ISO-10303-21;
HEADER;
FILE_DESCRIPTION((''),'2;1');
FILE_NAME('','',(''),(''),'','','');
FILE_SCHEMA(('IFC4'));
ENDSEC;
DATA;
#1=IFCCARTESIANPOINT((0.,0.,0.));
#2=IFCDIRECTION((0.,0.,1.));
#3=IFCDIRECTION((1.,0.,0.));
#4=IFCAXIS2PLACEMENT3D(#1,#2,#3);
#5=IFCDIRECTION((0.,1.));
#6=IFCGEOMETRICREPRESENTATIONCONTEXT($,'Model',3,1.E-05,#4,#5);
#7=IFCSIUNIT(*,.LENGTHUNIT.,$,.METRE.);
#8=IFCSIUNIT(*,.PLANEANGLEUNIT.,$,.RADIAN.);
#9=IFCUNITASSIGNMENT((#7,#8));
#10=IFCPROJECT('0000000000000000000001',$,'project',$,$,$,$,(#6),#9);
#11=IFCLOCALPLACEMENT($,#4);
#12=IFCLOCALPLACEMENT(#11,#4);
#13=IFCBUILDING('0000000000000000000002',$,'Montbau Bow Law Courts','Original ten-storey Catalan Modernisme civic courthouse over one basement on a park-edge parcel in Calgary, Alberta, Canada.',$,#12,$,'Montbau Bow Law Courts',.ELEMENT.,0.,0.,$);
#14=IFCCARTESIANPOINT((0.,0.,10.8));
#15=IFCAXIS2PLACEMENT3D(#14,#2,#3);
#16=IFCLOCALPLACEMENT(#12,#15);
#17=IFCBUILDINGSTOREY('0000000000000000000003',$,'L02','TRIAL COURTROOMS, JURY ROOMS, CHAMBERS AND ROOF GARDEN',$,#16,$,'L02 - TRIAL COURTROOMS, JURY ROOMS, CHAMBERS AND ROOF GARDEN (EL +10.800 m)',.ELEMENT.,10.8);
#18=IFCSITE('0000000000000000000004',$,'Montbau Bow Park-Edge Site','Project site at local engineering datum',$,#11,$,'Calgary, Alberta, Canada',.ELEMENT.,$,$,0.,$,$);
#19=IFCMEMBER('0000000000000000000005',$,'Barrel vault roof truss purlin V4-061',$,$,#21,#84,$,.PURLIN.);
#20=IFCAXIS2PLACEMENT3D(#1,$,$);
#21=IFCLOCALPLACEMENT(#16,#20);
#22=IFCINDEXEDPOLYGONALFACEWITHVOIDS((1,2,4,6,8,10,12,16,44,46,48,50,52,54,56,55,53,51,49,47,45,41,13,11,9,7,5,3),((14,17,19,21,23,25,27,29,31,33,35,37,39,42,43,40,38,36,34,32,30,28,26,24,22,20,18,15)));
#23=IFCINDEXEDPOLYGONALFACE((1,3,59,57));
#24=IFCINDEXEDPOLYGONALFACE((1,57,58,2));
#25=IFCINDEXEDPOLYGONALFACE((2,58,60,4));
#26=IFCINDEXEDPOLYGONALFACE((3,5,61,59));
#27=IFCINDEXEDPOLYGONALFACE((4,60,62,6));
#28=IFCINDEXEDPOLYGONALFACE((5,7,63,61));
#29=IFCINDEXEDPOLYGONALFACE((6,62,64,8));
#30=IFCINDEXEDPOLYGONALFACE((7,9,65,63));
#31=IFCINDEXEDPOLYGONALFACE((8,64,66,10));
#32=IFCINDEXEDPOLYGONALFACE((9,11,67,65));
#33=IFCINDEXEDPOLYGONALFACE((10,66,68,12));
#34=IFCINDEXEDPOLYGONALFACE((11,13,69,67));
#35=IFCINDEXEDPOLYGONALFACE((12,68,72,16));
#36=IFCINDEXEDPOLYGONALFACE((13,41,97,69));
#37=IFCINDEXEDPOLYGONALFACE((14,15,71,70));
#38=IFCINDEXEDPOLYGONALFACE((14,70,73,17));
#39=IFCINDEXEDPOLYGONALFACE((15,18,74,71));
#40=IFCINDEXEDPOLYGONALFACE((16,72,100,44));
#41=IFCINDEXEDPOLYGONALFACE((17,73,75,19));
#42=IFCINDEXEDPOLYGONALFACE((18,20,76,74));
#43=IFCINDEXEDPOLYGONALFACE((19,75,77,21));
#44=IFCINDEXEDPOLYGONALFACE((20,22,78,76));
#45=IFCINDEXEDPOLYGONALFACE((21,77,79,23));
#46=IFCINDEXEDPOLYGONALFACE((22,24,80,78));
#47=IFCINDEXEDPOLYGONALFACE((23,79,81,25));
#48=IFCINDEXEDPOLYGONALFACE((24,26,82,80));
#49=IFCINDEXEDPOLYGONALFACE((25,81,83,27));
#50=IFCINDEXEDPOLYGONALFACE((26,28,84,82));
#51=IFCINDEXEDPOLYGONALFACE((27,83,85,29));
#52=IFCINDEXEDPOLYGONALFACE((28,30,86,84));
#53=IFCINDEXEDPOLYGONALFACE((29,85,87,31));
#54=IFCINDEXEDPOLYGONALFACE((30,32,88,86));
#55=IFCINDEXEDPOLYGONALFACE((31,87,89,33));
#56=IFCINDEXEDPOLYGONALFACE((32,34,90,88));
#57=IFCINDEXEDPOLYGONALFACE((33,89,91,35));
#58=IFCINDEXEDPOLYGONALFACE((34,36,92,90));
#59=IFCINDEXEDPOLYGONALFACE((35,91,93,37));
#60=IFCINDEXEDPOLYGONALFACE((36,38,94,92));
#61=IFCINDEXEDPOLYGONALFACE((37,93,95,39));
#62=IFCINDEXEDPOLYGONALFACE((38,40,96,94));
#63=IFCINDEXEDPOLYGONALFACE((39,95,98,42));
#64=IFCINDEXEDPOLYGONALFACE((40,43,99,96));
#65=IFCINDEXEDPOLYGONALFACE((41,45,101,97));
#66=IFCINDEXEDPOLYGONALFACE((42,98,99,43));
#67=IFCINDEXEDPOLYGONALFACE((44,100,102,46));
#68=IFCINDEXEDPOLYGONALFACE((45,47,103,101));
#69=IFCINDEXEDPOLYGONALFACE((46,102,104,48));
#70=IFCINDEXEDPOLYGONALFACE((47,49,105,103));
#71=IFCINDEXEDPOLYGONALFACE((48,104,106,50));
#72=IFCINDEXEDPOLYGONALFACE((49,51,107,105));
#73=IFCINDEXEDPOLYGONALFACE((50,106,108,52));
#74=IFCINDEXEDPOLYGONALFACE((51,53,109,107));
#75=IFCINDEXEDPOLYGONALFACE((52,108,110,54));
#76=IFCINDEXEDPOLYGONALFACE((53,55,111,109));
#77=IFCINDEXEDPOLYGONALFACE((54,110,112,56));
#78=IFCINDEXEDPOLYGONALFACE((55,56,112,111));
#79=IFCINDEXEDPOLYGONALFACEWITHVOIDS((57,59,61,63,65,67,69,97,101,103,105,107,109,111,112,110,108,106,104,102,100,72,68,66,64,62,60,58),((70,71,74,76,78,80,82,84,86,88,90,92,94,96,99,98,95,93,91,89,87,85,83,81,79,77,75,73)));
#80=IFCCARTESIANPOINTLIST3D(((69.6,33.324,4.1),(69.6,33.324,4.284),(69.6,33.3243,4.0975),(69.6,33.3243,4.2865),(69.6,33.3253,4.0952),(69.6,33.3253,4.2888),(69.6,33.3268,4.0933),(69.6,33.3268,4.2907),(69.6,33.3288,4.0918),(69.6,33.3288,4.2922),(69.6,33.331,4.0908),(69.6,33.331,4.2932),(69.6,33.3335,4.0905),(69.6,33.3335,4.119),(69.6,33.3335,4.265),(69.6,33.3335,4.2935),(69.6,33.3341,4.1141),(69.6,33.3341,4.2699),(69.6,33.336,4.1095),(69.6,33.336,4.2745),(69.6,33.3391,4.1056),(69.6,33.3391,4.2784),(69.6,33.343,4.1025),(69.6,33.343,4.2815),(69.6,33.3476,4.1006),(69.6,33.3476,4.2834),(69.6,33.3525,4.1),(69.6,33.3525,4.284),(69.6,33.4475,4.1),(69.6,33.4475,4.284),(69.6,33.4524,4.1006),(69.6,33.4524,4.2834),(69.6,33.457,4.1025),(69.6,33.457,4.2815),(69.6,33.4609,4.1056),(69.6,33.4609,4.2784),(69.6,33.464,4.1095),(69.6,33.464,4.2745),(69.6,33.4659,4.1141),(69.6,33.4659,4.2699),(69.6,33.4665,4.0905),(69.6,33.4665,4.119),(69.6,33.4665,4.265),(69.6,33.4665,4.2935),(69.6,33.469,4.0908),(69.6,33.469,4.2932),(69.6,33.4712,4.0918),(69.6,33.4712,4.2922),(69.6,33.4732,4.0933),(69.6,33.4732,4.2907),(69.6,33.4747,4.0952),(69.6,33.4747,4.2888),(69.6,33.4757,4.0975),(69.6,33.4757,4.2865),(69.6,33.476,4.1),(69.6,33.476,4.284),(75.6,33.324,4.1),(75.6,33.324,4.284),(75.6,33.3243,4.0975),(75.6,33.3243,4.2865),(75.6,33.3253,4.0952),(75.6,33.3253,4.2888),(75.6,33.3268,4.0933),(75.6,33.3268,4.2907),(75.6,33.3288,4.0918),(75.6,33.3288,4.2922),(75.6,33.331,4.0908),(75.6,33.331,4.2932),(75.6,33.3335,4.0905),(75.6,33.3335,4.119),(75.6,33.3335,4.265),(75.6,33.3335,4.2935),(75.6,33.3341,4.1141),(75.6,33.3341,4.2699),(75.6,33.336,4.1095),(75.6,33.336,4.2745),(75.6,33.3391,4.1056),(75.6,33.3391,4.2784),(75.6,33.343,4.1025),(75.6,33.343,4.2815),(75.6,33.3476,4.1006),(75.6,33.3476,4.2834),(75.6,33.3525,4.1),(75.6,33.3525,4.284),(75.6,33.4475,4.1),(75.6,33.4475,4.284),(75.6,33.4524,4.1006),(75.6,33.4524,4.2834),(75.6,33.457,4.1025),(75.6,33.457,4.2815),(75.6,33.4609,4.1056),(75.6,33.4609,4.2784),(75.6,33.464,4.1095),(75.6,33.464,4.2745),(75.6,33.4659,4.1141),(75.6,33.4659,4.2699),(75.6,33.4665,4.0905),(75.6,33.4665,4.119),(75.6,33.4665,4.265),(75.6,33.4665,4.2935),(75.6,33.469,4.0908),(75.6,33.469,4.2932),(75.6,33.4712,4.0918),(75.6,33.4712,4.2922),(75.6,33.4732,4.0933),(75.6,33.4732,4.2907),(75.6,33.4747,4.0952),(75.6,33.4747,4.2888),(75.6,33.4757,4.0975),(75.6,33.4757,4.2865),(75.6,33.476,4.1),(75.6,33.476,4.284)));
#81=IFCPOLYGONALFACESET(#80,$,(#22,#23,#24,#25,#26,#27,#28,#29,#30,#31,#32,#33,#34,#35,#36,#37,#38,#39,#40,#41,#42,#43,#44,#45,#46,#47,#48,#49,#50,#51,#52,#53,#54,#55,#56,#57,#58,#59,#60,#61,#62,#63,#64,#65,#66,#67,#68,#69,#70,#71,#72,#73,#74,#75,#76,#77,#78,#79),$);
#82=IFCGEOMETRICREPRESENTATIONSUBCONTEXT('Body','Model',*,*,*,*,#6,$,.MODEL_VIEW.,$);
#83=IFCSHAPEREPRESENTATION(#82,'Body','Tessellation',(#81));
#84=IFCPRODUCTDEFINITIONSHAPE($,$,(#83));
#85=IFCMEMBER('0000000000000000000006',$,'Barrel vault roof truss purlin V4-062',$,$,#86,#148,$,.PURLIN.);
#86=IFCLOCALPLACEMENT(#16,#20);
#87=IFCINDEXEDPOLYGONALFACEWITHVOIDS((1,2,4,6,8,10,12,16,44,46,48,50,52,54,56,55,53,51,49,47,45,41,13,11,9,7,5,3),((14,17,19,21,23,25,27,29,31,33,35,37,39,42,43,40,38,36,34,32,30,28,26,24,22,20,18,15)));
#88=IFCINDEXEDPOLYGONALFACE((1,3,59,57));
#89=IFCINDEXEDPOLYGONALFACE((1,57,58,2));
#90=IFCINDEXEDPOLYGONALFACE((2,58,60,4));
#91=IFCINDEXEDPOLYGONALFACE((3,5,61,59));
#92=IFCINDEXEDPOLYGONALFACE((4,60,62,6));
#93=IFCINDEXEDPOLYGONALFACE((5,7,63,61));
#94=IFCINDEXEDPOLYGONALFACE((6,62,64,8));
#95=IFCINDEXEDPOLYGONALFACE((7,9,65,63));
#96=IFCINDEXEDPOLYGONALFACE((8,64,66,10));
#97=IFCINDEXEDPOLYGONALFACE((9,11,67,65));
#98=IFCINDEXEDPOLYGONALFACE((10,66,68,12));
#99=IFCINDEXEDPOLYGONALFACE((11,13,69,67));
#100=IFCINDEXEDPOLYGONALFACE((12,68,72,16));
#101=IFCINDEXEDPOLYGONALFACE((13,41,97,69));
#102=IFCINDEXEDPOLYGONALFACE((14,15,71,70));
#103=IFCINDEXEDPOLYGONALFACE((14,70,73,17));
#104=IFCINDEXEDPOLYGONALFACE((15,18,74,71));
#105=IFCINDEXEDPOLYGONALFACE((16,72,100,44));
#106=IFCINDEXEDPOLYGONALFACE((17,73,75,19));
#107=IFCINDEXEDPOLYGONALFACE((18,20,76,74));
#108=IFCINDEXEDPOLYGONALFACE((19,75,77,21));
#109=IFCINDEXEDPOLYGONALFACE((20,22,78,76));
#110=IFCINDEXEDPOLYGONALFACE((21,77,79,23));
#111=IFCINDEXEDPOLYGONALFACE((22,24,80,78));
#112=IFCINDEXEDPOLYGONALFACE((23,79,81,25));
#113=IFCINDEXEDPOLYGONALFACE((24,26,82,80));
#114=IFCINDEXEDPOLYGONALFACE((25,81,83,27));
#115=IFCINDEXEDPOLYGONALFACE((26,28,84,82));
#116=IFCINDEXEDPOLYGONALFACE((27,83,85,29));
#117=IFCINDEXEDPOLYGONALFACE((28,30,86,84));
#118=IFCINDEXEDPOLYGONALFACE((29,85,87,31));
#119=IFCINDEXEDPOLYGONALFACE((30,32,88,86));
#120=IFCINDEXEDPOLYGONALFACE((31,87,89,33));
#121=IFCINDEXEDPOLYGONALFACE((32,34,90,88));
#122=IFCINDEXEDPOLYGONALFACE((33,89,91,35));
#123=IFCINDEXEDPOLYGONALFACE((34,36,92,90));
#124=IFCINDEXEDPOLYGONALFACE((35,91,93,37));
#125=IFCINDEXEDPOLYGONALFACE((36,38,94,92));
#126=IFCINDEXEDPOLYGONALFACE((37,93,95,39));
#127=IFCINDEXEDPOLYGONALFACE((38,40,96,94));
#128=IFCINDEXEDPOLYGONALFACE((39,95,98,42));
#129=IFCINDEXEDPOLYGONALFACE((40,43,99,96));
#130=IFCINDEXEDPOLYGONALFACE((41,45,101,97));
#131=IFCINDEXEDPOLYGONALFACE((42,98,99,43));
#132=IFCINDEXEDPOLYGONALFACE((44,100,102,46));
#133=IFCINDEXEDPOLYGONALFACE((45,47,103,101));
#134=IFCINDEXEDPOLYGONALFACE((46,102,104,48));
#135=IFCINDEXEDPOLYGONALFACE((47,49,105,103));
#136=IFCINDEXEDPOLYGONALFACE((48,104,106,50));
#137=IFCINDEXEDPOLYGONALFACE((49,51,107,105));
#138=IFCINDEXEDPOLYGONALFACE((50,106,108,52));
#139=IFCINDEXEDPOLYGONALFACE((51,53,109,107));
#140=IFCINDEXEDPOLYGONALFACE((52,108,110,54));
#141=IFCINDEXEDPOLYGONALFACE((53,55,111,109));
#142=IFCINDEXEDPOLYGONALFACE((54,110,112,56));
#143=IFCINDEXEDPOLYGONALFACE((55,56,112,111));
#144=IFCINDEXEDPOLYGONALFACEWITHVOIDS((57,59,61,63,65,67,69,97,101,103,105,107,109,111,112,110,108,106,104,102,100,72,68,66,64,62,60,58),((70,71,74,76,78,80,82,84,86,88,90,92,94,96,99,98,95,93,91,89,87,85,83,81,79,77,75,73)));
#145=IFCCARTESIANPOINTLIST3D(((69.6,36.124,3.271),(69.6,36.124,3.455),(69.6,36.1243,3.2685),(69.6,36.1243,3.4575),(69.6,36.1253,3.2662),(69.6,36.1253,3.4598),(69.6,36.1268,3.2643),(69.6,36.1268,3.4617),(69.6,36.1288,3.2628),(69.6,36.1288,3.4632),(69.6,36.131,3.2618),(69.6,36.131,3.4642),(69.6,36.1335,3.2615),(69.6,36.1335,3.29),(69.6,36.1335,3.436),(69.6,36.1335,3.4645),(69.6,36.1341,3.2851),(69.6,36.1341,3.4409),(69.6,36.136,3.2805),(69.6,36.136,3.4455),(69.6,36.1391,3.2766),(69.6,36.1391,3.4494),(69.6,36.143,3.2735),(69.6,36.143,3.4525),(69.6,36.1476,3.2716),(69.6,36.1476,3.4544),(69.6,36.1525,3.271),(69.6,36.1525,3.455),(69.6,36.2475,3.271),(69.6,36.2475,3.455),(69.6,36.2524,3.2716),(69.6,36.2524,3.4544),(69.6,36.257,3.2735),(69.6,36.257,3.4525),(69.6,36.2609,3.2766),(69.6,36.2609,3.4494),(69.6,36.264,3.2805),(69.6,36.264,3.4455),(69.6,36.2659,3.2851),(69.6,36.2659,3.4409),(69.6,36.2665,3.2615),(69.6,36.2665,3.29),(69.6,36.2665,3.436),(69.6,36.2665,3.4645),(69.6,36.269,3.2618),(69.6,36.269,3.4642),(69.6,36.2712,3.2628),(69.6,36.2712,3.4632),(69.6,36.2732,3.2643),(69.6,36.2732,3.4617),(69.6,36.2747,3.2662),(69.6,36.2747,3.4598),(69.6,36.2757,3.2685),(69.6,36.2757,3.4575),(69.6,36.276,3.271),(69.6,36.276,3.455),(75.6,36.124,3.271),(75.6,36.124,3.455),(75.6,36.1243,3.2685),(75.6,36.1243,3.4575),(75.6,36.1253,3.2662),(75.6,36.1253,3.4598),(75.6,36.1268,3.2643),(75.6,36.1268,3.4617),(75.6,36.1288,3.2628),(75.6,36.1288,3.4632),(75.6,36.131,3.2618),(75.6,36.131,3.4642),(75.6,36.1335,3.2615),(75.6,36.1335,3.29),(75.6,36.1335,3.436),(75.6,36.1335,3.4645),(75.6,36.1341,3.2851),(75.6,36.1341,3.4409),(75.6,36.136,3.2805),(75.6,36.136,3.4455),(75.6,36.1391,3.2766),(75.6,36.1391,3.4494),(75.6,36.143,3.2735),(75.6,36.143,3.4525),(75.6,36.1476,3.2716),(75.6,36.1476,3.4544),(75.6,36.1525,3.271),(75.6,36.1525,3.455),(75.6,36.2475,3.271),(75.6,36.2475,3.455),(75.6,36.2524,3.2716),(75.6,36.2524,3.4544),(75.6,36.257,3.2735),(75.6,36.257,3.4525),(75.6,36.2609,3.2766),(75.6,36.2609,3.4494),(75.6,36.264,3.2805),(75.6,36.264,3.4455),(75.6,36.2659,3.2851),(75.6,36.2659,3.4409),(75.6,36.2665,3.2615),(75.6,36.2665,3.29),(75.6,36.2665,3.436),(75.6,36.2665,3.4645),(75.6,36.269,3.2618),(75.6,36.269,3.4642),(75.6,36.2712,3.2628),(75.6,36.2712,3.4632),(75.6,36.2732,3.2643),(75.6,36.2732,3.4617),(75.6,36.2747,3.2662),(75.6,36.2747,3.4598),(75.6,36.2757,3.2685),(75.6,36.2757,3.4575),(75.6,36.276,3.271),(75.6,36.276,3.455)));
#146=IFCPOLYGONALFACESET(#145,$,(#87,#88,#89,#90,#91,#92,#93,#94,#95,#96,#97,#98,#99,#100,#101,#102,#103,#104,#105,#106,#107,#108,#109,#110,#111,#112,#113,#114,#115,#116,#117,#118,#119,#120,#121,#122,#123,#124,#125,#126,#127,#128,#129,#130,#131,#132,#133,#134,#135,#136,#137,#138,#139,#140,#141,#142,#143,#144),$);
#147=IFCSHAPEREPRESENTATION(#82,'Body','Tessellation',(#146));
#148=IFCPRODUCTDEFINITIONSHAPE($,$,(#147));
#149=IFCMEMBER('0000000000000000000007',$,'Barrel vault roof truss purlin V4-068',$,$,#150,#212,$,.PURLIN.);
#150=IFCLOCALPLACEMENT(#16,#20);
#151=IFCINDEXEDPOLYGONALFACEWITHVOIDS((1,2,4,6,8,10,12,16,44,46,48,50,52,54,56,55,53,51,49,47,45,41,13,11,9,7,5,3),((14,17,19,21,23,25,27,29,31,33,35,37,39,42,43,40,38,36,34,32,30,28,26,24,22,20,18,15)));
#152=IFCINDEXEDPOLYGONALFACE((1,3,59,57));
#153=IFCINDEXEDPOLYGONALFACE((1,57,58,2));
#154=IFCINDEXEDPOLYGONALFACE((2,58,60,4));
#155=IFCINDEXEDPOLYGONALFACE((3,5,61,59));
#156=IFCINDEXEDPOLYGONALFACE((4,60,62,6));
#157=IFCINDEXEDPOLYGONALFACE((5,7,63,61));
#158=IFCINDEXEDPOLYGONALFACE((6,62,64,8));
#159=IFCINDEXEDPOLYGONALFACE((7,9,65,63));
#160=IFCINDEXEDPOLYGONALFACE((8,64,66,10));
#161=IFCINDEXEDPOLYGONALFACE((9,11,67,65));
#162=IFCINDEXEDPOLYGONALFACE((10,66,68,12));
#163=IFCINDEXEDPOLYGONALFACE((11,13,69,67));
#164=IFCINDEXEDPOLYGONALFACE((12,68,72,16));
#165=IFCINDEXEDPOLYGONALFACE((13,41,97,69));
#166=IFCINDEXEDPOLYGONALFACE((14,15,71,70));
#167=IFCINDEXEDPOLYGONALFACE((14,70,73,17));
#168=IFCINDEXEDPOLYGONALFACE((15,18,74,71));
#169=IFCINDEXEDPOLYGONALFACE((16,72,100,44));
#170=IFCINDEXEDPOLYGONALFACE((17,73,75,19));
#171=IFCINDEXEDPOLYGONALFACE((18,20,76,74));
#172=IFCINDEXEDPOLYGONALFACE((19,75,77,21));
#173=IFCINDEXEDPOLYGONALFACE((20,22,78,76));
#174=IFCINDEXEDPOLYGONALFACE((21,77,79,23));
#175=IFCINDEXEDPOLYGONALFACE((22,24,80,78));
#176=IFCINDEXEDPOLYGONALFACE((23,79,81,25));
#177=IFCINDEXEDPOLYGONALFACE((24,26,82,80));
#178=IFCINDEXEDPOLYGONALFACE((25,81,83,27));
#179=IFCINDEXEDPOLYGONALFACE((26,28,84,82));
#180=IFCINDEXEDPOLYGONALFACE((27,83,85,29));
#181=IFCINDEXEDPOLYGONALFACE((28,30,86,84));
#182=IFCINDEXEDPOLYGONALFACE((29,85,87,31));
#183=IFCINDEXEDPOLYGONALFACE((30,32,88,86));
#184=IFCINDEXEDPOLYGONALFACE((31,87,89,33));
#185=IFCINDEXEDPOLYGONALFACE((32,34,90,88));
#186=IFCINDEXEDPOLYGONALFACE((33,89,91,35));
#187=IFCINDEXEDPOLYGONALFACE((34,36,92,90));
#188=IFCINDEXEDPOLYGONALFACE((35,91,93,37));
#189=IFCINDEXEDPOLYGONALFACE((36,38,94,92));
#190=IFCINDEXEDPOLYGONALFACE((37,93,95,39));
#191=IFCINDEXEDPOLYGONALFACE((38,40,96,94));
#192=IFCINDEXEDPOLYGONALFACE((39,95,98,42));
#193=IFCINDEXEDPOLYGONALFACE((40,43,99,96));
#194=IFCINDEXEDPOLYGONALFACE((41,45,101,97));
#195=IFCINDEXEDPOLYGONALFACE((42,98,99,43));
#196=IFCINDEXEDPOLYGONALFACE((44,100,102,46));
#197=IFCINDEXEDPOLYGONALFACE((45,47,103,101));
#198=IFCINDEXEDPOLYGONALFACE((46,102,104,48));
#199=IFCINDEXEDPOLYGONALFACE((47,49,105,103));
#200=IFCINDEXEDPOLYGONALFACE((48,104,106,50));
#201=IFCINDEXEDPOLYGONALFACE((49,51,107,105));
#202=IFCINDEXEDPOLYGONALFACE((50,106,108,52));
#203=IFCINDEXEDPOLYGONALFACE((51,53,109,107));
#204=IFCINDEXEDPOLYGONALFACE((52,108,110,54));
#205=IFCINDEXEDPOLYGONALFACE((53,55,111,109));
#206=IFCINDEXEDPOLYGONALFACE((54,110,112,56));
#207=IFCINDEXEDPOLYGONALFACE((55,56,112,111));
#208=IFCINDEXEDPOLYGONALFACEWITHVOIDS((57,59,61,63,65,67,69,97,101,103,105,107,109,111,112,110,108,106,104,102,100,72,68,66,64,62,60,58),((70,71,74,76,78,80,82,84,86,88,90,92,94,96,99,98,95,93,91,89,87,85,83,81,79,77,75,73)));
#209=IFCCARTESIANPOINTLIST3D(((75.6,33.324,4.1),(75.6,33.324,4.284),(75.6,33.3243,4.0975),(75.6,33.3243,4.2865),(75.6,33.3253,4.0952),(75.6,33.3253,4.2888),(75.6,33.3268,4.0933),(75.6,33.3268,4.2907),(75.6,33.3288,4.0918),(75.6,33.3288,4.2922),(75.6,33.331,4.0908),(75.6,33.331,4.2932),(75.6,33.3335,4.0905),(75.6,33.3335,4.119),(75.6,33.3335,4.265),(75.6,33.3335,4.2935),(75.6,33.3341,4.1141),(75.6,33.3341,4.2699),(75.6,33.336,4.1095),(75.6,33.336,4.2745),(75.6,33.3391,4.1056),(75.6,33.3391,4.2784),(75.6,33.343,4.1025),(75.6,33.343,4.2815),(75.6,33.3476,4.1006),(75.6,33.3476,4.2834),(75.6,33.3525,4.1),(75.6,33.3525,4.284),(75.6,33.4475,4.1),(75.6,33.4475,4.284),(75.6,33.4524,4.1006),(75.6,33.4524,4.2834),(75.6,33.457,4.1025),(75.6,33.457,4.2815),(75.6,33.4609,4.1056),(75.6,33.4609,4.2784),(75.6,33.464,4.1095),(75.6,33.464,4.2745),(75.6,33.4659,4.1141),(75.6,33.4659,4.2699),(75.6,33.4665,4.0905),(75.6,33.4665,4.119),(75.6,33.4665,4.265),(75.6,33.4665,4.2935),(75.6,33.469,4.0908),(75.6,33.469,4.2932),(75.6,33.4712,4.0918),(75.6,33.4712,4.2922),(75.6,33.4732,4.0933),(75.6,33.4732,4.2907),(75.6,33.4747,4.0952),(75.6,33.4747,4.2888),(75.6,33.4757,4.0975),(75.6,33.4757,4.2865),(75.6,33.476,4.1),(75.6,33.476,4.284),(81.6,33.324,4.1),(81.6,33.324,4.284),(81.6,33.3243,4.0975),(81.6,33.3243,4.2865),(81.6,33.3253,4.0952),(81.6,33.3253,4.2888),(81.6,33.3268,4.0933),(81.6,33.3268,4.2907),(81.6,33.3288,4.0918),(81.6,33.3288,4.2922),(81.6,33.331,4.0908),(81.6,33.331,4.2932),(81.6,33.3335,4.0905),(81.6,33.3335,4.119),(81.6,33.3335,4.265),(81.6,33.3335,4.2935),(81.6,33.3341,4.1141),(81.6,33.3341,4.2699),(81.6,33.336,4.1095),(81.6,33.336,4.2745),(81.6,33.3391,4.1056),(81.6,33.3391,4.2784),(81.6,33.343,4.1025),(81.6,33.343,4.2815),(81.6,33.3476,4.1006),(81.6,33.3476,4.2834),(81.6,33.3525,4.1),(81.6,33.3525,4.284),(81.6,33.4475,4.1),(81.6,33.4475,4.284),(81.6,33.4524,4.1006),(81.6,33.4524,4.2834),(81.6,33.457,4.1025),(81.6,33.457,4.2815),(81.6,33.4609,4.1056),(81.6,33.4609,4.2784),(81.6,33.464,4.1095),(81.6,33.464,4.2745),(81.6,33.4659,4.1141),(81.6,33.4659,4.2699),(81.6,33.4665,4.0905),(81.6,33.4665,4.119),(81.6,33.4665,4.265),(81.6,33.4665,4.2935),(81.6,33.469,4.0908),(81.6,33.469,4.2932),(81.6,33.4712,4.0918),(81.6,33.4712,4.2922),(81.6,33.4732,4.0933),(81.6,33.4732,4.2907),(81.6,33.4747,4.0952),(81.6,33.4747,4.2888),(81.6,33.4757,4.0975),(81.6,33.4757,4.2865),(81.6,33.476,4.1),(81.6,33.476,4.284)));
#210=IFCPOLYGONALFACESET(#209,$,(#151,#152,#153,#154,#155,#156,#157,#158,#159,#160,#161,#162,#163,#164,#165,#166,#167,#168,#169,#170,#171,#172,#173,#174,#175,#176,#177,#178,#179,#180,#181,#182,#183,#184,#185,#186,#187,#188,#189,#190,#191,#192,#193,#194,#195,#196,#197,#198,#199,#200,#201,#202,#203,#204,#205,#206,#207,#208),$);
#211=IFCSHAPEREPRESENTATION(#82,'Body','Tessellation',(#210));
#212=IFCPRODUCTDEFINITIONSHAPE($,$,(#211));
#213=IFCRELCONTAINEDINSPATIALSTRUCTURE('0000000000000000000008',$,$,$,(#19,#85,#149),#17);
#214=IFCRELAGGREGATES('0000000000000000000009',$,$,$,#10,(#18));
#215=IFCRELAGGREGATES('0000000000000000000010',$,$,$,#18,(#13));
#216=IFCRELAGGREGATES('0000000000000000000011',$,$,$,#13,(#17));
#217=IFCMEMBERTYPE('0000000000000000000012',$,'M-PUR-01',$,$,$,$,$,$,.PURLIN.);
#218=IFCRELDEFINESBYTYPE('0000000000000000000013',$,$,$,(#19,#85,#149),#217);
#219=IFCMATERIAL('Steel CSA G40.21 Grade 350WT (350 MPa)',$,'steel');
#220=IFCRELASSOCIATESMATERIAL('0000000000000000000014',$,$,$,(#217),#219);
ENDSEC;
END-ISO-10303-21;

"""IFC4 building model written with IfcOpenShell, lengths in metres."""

from ifc_helpers import new_model, si_unit, direction, frame, origin_with_axes, origin_2d_with_axis, place, context, subcontext, project, spatial, hollow_rectangle, extrude, material, material_profile, profile_set, type_object, element, save


model = new_model("IFC4")

# Units and contexts
model_context = context("Model", 3, precision=1e-05, world=origin_with_axes(), true_north=direction((0.0, 1.0)))
body_context = subcontext(model_context, "Body", "Model", "MODEL_VIEW")
ifc_project = project(units=[si_unit("LENGTHUNIT", "METRE"), si_unit("PLANEANGLEUNIT", "RADIAN")], contexts=[model_context])

# Site, building, storey
site_placement = place(None, origin_with_axes())
site = spatial("IfcSite", under=ifc_project, at=site_placement, Name="Montbau Bow Park-Edge Site", Description="Project site at local engineering datum", LongName="Calgary, Alberta, Canada", CompositionType="ELEMENT", RefElevation=0.0)
building_placement = place(site_placement, origin_with_axes())
building = spatial("IfcBuilding", under=site, at=building_placement, Name="Montbau Bow Law Courts", Description="Original ten-storey Catalan Modernisme civic courthouse over one basement on a park-edge parcel in Calgary, Alberta, Canada.", LongName="Montbau Bow Law Courts", CompositionType="ELEMENT", ElevationOfRefHeight=0.0, ElevationOfTerrain=0.0)
storey_placement = place(building_placement, frame((0.0, 0.0, 10.8), z_axis=(0.0, 0.0, 1.0), x_axis=(1.0, 0.0, 0.0)))
storey = spatial("IfcBuildingStorey", under=building, at=storey_placement, Name="L02", Description="TRIAL COURTROOMS, JURY ROOMS, CHAMBERS AND ROOF GARDEN", LongName="L02 - TRIAL COURTROOMS, JURY ROOMS, CHAMBERS AND ROOF GARDEN (EL +10.800 m)", CompositionType="ELEMENT", Elevation=10.8)

# Shared definitions
ifc_material_1 = material(Name="Steel CSA G40.21 Grade 350WT (350 MPa)", Category="steel")

# Members
ifc_material_profile_1 = material_profile(ifc_material_1, hollow_rectangle(XDim=0.152, YDim=0.203, WallThickness=0.0095, InnerFilletRadius=0.019, OuterFilletRadius=0.0095, at=origin_2d_with_axis()), Name="HSS203X152X9.5", Category="Main", Priority=0)
ifc_profile_set_1 = profile_set([ifc_material_profile_1], Name="Steel CSA G40.21 Grade 350WT (350 MPa)")
member_type_1 = type_object("IfcMemberType", Name="M-PUR-01", PredefinedType="PURLIN", material=ifc_profile_set_1)
for number, where, z_axis, x_axis, name in (
    (1, (69.6, 33.4, 14.992), (1.0, 0.0, 0.0), (0.0, 1.0, 0.0), "Barrel vault roof truss purlin V4-061"),
    (2, (69.6, 36.2, 14.163), (1.0, 0.0, 0.0), (0.0, 1.0, 0.0), "Barrel vault roof truss purlin V4-062"),
    (3, (75.6, 33.4, 14.992), (1.0, 0.0, 0.0), (0.0, 1.0, 0.0), "Barrel vault roof truss purlin V4-068"),
):
    element("IfcMember", number, at=place(None, frame(where, z_axis=z_axis, x_axis=x_axis)), inside=storey, type_object=member_type_1, Name=name, PredefinedType="PURLIN", context=body_context, shape_type="SweptSolid", body=[
        extrude(hollow_rectangle(XDim=0.152, YDim=0.203, WallThickness=0.0095, InnerFilletRadius=0.019, OuterFilletRadius=0.0095, at=origin_2d_with_axis()), origin_with_axes(), (0.0, 0.0, 1.0), 6.0),
    ])

save(model, "model.ifc")
